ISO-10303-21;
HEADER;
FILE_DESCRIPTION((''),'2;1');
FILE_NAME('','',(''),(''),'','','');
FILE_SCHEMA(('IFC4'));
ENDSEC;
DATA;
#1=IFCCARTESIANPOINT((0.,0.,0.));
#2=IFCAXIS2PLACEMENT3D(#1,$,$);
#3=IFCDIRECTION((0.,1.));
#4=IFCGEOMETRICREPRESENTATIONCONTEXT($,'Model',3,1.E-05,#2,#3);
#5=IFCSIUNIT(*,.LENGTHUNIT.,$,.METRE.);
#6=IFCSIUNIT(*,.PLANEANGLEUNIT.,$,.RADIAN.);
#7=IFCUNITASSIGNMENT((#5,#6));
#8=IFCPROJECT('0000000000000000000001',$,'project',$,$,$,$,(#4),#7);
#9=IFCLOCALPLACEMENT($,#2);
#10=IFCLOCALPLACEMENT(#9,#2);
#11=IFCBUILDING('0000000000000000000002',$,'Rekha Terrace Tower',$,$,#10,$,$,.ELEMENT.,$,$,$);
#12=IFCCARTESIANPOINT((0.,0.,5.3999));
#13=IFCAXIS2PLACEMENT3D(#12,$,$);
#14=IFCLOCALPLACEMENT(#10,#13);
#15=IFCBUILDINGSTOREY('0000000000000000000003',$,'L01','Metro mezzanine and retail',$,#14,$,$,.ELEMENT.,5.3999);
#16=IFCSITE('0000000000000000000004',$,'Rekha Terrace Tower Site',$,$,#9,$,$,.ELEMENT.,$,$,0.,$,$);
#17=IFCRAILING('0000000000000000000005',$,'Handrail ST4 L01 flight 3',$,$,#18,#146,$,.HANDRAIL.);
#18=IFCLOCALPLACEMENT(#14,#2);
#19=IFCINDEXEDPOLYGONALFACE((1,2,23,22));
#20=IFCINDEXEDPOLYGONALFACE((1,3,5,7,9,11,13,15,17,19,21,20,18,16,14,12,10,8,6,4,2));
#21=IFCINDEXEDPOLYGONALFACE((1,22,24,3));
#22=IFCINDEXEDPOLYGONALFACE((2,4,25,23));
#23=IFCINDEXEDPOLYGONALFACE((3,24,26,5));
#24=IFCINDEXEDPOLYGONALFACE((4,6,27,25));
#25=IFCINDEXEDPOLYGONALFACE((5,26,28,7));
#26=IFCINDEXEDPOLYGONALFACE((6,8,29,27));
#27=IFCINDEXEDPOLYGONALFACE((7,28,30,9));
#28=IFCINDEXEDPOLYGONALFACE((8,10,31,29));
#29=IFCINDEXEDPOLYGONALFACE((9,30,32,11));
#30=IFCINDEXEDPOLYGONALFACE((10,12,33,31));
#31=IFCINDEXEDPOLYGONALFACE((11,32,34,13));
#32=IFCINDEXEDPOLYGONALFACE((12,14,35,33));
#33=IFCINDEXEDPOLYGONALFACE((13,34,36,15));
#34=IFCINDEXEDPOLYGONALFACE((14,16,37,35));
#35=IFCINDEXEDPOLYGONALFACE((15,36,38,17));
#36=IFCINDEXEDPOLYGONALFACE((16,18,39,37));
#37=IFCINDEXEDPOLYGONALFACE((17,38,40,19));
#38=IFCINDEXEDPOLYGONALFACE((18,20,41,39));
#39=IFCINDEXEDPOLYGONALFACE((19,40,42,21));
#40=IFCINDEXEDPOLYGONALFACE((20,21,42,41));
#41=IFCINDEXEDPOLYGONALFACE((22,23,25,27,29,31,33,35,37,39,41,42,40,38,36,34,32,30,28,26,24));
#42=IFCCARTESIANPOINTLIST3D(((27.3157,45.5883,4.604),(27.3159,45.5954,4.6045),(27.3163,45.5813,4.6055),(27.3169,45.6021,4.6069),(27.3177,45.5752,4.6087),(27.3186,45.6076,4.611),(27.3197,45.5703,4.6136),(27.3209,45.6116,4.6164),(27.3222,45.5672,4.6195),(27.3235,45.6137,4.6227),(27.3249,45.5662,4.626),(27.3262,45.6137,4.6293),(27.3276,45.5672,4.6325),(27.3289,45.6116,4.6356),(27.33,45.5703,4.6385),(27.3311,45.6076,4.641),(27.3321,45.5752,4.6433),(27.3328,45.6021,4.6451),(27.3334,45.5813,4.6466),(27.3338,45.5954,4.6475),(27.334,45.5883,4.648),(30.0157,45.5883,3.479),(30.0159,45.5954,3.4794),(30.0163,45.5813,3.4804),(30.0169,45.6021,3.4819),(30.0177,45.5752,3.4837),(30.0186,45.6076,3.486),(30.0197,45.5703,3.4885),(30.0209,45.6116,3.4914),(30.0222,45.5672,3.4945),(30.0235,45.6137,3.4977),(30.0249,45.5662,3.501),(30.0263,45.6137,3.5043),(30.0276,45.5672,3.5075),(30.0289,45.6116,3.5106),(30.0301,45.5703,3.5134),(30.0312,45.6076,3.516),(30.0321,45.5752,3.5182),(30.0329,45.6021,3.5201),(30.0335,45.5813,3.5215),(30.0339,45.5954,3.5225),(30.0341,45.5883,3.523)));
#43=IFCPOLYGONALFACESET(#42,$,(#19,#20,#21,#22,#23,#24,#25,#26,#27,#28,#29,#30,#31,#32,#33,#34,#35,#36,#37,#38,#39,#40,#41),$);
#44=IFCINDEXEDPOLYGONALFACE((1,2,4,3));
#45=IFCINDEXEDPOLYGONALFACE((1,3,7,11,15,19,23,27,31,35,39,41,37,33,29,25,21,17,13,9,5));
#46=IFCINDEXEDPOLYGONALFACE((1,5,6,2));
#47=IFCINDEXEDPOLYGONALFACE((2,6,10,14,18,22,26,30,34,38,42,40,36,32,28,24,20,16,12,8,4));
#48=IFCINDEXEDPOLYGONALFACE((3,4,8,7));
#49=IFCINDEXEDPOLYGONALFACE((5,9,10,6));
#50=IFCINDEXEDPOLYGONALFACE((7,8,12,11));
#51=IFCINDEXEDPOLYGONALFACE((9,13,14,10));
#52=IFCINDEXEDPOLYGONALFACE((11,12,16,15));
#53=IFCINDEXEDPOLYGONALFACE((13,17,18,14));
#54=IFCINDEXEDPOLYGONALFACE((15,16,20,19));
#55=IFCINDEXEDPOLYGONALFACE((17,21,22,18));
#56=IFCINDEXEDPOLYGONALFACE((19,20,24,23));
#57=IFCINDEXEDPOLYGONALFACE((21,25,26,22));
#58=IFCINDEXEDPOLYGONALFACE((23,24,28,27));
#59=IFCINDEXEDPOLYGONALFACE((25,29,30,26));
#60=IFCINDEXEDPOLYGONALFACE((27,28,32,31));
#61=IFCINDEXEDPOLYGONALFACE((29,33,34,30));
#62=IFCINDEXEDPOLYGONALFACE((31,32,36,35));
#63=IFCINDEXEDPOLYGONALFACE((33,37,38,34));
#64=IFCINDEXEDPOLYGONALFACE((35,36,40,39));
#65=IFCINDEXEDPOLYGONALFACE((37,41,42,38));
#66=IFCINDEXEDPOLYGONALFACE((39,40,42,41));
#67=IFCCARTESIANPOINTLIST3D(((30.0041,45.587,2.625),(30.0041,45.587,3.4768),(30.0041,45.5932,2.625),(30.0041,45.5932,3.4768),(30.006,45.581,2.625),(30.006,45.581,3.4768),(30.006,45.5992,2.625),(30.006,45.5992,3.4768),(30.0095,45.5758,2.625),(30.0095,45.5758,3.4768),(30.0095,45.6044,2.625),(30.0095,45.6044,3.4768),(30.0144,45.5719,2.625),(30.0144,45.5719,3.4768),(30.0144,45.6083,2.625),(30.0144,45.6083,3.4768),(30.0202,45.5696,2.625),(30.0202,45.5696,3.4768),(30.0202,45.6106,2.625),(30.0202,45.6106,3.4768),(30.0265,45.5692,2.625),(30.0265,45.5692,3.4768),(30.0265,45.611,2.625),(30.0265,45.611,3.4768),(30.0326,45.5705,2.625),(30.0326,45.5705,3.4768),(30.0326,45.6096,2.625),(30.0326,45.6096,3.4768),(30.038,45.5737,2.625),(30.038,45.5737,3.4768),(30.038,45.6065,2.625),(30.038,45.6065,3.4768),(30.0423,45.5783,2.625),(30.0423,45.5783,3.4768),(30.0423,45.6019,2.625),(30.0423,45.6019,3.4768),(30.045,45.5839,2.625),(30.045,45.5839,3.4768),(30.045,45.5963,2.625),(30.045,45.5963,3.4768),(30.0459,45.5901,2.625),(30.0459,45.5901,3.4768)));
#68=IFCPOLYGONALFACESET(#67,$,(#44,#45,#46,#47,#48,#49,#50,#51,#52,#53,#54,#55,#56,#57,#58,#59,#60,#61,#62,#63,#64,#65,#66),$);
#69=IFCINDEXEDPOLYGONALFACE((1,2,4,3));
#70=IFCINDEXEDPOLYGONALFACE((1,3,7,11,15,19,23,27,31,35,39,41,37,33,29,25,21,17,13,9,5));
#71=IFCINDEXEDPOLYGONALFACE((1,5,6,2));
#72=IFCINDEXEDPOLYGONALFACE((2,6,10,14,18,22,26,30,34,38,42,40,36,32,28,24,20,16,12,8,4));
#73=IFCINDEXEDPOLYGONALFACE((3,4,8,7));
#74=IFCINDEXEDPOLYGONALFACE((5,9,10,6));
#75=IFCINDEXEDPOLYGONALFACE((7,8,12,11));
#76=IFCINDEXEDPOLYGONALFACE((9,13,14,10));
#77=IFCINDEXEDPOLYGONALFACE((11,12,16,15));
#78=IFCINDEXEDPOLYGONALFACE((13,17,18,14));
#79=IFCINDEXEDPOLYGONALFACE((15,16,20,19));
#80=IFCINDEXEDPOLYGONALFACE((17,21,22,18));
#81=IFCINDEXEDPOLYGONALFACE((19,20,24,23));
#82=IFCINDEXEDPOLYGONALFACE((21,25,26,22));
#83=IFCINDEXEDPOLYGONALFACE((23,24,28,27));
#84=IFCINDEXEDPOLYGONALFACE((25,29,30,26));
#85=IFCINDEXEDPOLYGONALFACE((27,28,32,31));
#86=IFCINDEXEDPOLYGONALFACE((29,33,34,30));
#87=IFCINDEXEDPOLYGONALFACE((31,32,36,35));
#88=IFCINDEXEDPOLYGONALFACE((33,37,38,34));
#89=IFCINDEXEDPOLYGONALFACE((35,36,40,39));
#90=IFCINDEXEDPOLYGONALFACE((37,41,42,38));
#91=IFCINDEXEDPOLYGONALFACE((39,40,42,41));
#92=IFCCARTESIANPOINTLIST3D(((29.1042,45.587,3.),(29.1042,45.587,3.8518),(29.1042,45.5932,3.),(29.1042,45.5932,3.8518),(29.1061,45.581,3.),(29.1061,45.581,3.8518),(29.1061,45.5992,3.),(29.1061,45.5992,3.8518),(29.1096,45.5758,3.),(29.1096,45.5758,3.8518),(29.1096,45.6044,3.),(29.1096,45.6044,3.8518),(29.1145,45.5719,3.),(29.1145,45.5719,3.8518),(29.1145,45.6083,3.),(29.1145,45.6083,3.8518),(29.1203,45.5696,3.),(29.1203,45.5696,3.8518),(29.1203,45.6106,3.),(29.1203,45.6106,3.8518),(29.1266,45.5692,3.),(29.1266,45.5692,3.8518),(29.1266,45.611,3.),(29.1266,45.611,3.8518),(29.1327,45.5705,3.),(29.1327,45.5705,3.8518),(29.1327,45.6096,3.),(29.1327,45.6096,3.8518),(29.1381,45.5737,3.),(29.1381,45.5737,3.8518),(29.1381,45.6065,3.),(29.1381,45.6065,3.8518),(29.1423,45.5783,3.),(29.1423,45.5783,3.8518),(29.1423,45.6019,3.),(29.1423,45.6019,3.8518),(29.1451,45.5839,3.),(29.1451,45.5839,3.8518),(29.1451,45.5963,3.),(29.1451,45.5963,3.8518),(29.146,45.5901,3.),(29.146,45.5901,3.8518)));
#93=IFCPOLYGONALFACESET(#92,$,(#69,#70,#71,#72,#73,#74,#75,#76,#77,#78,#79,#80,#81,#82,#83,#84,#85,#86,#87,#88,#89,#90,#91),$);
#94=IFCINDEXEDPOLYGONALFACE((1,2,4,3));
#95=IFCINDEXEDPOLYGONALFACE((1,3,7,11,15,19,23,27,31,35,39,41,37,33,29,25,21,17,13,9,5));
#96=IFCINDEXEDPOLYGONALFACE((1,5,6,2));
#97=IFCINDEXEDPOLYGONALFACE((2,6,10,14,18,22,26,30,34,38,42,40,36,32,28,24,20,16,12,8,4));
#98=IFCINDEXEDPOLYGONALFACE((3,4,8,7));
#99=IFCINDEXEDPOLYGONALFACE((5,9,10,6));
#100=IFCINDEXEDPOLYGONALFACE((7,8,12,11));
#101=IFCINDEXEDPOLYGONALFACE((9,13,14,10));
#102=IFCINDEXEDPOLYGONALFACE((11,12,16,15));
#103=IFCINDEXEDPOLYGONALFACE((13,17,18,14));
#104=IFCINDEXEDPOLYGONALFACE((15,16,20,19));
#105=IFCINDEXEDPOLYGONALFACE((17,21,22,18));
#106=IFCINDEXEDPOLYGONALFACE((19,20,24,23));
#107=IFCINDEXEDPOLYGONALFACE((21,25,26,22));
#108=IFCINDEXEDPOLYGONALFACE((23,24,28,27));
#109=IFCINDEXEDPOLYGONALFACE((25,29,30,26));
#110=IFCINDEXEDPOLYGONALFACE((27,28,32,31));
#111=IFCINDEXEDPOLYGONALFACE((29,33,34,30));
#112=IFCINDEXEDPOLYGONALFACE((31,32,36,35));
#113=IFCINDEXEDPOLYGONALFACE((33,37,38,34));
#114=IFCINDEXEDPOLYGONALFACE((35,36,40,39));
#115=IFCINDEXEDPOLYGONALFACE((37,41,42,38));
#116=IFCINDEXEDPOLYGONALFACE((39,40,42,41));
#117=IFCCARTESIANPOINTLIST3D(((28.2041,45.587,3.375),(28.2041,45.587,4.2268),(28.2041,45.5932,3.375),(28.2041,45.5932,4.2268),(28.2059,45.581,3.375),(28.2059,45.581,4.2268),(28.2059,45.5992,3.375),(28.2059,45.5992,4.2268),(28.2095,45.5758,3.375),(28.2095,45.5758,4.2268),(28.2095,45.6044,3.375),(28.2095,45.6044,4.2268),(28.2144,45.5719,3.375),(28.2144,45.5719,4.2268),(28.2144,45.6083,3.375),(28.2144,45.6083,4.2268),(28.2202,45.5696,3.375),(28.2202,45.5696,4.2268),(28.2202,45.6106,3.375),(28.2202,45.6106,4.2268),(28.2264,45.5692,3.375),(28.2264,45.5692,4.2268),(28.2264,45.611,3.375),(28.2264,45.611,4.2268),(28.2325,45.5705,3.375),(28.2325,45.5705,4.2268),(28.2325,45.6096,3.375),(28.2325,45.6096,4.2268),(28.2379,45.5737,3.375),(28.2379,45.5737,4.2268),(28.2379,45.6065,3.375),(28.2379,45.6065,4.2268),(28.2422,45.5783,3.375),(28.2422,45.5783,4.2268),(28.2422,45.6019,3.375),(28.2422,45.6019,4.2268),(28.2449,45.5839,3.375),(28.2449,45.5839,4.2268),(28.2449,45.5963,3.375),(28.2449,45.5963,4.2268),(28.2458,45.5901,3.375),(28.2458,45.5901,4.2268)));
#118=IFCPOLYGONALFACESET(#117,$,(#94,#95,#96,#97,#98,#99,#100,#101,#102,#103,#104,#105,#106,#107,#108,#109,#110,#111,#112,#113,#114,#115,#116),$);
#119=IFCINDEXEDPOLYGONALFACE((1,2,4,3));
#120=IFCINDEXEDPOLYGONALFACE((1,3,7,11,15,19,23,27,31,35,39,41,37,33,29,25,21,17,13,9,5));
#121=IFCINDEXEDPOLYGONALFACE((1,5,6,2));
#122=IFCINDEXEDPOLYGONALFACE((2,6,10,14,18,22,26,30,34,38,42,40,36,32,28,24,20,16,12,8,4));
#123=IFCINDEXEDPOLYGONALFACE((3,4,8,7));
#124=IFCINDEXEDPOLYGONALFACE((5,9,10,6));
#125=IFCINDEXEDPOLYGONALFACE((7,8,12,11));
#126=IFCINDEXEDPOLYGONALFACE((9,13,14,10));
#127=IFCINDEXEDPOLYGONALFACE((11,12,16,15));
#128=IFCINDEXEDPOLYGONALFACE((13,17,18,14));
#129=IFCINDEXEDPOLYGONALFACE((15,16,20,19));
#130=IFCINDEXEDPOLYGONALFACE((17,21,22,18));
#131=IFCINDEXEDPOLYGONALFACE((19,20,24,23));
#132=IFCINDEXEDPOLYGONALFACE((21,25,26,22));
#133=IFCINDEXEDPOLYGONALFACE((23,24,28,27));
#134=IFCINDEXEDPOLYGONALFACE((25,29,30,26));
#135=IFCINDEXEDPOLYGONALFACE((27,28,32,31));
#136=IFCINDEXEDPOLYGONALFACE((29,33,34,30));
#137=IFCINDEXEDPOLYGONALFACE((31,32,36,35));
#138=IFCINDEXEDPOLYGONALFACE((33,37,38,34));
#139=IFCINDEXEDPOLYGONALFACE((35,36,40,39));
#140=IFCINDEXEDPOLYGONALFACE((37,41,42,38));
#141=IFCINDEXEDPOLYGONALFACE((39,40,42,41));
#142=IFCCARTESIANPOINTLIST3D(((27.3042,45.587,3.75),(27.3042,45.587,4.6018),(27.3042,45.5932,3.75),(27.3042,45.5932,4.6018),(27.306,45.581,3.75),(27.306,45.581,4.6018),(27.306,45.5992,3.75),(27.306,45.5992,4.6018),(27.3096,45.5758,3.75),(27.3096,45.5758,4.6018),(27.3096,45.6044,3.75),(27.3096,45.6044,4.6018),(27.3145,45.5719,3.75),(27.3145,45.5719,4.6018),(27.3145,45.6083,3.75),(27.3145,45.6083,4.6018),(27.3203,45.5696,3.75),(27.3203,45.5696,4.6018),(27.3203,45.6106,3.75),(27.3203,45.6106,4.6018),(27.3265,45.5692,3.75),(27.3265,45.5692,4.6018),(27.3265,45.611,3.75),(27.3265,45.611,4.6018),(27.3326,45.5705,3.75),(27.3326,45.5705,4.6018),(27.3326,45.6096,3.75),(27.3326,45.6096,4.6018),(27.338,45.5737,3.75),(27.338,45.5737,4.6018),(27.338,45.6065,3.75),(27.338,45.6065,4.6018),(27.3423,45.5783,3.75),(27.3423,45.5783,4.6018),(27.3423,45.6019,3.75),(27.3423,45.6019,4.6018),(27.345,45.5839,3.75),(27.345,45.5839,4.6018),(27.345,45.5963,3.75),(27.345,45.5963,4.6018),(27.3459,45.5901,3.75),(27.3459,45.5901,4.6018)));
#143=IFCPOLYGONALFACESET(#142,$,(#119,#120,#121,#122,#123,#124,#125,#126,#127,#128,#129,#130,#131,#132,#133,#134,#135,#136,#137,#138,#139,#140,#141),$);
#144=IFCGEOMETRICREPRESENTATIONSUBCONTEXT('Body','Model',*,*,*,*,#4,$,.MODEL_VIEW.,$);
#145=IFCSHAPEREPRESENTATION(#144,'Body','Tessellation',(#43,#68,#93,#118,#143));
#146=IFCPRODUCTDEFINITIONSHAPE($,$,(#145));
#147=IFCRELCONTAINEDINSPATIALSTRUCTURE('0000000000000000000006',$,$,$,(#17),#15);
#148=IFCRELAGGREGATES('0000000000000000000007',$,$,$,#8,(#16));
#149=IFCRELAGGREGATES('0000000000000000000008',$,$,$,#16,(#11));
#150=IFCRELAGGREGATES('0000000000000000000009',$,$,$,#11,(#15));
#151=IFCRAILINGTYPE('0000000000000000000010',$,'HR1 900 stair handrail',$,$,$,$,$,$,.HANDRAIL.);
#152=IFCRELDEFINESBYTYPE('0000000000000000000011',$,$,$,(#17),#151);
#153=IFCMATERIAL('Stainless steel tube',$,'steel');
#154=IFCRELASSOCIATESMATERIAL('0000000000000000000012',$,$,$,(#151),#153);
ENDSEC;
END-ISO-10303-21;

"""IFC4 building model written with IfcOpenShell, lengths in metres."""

from ifc_helpers import new_model, si_unit, direction, frame, origin, origin_2d, place, context, subcontext, project, spatial, circle, extrude, material, type_object, element, save


model = new_model("IFC4")

# Units and contexts
model_context = context("Model", 3, precision=1e-05, world=origin(), true_north=direction((0.0, 1.0)))
body_context = subcontext(model_context, "Body", "Model", "MODEL_VIEW")
ifc_project = project(units=[si_unit("LENGTHUNIT", "METRE"), si_unit("PLANEANGLEUNIT", "RADIAN")], contexts=[model_context])

# Site, building, storey
site_placement = place(None, origin())
site = spatial("IfcSite", under=ifc_project, at=site_placement, Name="Rekha Terrace Tower Site", CompositionType="ELEMENT", RefElevation=0.0)
building_placement = place(site_placement, origin())
building = spatial("IfcBuilding", under=site, at=building_placement, Name="Rekha Terrace Tower", CompositionType="ELEMENT")
storey_placement = place(building_placement, frame((0.0, 0.0, 5.3999)))
storey = spatial("IfcBuildingStorey", under=building, at=storey_placement, Name="L01", Description="Metro mezzanine and retail", CompositionType="ELEMENT", Elevation=5.3999)

# Railing
ifc_material_1 = material(Name="Stainless steel tube", Category="steel")
railing_type_1 = type_object("IfcRailingType", Name="HR1 900 stair handrail", PredefinedType="HANDRAIL", material=ifc_material_1)
railing_1_placement = place(storey_placement, frame((30.0249, 45.5901, 2.625)))
element("IfcRailing", 1, at=railing_1_placement, inside=storey, type_object=railing_type_1, Name="Handrail ST4 L01 flight 3", PredefinedType="HANDRAIL", context=body_context, shape_type="SweptSolid", body=[
    extrude(circle(Radius=0.0239, at=origin_2d()), frame((0.0, 0.0, 0.876), z_axis=(-0.923074, 0.0, 0.384621), x_axis=(0.0, -1.0, 0.0)), (0.0, 0.0, 1.0), 2.925),
    extrude(circle(Radius=0.021, at=origin_2d()), origin(), (0.0, 0.0, 1.0), 0.8518),
    extrude(circle(Radius=0.021, at=origin_2d()), frame((-0.8999, 0.0, 0.375)), (0.0, 0.0, 1.0), 0.8518),
    extrude(circle(Radius=0.021, at=origin_2d()), frame((-1.8, 0.0, 0.75)), (0.0, 0.0, 1.0), 0.8518),
    extrude(circle(Radius=0.021, at=origin_2d()), frame((-2.7, 0.0, 1.125)), (0.0, 0.0, 1.0), 0.8518),
])

save(model, "model.ifc")
